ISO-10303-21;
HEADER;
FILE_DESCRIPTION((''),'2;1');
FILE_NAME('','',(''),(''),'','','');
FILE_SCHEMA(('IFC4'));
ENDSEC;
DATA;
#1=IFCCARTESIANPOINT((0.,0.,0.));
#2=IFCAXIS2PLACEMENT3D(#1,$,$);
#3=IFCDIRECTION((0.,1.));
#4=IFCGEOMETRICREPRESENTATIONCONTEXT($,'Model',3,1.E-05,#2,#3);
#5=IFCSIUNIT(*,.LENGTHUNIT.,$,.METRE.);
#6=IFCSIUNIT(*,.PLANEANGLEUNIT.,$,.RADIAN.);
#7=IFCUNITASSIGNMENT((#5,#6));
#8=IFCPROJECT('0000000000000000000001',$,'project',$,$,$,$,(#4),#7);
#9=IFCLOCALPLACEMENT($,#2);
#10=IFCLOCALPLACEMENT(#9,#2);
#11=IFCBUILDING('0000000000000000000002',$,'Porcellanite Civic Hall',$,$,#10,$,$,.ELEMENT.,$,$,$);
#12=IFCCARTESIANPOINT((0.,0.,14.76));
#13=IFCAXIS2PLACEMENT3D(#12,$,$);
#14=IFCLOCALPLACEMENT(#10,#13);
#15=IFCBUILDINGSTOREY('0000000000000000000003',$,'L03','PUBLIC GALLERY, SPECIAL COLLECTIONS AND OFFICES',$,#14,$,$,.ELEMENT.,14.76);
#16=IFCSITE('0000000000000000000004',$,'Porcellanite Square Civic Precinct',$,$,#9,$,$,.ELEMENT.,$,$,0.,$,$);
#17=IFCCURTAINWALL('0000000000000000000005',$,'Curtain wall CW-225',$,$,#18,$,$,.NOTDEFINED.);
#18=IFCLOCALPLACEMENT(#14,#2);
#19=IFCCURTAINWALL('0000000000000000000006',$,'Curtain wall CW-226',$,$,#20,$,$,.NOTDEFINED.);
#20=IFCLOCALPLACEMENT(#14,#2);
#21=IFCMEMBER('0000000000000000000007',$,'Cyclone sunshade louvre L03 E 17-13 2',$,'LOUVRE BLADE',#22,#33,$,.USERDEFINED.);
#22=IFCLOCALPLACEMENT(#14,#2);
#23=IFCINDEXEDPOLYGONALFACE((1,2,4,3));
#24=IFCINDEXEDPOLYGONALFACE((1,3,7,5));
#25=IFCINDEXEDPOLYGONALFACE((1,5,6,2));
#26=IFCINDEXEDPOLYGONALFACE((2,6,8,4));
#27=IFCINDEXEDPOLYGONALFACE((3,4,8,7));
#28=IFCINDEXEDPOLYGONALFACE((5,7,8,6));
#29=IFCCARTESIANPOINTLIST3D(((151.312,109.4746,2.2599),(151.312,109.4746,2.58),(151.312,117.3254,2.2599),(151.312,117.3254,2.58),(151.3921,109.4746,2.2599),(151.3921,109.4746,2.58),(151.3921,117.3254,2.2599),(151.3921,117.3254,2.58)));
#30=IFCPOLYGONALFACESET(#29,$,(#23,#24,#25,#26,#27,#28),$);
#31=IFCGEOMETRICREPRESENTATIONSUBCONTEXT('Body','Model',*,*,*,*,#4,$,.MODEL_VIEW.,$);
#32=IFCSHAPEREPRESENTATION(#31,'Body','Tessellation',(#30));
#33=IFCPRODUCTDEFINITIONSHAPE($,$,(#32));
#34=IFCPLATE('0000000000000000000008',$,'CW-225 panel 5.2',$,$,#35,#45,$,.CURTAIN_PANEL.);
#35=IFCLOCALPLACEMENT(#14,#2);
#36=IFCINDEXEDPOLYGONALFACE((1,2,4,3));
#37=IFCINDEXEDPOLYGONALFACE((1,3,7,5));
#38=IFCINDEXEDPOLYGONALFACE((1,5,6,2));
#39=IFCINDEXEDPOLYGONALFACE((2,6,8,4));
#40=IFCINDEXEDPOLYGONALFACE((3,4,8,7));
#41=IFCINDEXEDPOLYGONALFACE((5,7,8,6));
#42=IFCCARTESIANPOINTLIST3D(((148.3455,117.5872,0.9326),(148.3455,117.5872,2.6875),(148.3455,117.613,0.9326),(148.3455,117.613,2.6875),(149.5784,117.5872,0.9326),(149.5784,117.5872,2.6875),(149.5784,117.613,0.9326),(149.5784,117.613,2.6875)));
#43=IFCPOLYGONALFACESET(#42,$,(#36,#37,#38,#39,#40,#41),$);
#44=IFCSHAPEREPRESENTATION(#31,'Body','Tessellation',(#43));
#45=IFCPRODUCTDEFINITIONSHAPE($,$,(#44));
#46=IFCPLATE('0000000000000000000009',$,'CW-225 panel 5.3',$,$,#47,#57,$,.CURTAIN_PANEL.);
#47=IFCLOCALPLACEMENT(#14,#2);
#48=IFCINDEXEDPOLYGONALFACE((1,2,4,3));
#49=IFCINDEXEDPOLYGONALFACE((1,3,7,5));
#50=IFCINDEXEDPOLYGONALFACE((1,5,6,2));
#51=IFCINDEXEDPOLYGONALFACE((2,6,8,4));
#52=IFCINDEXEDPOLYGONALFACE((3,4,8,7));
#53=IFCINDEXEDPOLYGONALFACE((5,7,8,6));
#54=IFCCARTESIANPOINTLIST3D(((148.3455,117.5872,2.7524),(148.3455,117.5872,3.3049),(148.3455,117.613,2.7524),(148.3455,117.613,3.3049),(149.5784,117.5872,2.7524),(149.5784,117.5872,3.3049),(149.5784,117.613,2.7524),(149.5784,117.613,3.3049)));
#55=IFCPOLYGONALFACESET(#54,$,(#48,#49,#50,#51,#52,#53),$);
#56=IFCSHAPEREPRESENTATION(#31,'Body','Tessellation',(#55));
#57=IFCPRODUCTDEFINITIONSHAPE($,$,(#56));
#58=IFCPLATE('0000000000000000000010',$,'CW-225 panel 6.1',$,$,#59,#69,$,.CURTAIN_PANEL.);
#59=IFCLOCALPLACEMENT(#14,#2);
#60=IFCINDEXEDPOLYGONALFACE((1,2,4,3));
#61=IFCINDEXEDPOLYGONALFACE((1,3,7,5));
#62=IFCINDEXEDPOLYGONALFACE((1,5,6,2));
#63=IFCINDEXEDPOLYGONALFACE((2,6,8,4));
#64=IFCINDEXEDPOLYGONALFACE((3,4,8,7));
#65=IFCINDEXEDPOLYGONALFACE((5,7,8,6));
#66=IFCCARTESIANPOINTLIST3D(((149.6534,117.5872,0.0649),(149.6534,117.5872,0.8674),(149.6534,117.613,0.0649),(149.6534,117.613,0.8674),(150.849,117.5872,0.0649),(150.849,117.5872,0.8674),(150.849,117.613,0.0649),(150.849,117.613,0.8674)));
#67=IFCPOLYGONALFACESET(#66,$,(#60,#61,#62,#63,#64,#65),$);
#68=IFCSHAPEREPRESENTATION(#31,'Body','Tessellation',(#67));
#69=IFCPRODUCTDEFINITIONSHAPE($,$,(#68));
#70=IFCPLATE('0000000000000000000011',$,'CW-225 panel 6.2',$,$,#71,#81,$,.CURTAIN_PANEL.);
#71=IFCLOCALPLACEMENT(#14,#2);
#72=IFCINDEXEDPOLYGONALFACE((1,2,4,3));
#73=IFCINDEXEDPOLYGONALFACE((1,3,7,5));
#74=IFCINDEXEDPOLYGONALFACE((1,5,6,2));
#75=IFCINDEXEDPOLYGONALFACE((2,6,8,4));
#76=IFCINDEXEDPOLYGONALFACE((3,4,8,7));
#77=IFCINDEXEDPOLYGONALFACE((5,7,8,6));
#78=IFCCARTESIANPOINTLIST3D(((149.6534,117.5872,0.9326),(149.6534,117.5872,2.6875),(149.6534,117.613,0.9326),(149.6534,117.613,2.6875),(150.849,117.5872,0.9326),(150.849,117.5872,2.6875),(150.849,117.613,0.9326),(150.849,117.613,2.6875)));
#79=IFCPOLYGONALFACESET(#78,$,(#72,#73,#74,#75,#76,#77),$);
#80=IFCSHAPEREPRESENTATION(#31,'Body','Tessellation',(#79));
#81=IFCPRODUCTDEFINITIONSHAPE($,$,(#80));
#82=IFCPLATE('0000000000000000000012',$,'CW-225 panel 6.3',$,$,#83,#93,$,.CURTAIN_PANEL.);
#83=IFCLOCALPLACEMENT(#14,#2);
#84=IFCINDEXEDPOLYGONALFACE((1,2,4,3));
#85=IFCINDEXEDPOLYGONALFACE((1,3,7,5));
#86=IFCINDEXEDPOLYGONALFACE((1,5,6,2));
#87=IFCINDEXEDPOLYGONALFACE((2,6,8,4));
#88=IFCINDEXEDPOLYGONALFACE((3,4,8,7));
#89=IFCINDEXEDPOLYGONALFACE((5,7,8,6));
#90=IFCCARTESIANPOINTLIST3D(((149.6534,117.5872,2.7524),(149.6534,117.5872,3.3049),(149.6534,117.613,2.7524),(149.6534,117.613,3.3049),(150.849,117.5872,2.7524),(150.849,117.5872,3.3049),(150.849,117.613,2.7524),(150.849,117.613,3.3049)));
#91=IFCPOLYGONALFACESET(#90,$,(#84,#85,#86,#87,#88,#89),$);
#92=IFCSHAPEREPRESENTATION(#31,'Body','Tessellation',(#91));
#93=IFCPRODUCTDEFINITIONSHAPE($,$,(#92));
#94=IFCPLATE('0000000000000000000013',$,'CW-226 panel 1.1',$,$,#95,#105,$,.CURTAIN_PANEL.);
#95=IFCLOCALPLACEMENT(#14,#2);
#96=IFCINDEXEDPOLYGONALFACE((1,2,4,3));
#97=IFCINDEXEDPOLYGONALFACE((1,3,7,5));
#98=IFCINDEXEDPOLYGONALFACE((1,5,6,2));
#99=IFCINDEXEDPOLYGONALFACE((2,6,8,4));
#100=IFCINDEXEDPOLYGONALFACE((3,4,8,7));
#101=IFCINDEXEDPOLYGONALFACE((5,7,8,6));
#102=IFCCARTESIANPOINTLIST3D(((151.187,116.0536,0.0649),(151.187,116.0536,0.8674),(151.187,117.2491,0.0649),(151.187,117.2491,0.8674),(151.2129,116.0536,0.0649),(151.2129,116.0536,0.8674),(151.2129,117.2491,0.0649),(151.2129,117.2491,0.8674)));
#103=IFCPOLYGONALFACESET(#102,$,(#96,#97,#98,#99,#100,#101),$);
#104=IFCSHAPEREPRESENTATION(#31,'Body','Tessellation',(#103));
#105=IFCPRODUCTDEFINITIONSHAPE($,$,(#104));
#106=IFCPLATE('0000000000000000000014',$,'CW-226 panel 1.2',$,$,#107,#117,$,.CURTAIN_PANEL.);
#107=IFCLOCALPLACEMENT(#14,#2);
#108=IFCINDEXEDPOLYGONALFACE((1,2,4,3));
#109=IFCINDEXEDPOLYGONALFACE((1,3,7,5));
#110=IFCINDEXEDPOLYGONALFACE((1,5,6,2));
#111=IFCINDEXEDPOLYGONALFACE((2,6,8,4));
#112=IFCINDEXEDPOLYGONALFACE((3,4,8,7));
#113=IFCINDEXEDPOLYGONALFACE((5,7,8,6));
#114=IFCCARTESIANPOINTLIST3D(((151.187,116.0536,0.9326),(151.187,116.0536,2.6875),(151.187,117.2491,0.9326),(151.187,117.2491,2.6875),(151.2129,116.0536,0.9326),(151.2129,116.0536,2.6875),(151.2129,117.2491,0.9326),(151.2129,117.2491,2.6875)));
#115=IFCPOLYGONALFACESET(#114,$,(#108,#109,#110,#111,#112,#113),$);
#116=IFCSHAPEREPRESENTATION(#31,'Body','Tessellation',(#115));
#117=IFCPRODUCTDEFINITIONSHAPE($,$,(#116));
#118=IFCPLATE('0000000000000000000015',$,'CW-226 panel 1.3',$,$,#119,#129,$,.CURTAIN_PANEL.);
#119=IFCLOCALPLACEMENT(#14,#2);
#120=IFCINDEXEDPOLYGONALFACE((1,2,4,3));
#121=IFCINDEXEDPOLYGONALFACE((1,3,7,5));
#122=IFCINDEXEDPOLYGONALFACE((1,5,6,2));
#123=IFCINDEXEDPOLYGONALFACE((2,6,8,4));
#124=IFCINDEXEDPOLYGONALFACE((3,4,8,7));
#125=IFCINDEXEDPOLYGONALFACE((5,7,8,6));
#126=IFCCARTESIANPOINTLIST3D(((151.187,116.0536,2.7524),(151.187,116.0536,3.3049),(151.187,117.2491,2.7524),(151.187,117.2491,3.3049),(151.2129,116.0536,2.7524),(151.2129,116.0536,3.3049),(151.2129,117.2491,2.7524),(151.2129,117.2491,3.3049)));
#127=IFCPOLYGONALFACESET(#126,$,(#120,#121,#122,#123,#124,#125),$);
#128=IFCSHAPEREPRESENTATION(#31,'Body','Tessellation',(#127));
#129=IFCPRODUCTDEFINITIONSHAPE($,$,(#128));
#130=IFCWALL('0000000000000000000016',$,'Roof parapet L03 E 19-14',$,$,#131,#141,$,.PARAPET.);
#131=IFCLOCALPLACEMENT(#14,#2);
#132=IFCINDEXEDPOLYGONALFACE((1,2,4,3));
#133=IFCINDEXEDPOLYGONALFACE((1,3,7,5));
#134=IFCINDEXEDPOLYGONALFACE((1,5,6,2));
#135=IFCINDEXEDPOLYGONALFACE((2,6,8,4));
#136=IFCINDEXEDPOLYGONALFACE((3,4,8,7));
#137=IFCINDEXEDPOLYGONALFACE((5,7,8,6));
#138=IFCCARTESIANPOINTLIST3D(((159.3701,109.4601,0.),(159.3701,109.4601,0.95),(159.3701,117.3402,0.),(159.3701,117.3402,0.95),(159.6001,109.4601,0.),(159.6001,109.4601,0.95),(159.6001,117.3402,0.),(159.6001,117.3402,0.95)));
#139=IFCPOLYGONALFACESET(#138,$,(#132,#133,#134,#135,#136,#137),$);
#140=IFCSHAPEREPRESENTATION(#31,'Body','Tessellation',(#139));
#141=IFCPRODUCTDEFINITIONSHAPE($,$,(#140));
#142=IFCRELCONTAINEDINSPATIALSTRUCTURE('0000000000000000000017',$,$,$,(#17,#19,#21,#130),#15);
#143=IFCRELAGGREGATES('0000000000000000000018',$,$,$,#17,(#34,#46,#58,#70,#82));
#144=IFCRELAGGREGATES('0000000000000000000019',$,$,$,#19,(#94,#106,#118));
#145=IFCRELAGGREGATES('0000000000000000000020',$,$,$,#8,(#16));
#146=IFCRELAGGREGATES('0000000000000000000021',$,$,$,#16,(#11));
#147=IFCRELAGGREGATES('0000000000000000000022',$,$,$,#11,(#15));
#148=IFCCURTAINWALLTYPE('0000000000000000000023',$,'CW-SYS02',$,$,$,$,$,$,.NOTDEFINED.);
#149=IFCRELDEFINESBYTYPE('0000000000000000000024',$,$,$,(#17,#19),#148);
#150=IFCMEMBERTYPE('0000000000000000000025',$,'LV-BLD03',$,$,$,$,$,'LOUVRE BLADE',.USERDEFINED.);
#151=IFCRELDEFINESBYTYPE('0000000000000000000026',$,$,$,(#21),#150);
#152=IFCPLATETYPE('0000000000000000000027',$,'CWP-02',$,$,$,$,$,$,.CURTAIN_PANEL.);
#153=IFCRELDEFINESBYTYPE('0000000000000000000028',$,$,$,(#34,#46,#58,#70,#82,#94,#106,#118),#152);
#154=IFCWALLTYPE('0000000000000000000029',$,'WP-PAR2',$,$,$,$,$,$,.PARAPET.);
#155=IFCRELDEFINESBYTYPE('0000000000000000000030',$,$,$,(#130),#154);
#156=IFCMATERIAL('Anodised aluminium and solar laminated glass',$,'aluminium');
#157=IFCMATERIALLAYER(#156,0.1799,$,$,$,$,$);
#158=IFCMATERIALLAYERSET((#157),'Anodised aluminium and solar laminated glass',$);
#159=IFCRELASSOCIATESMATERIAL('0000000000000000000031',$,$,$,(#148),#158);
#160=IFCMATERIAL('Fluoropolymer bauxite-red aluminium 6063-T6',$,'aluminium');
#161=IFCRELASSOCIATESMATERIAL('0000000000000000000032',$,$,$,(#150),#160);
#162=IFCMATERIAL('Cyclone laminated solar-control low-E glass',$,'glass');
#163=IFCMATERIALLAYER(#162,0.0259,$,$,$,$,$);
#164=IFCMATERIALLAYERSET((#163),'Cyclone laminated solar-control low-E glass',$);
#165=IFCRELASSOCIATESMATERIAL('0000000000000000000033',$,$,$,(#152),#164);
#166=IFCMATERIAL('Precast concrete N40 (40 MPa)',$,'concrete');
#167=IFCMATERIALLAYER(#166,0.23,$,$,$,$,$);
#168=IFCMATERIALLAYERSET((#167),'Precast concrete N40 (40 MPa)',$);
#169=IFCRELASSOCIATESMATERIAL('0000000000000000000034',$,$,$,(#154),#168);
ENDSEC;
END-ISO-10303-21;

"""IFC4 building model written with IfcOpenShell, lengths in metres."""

from ifc_helpers import new_model, si_unit, direction, frame, frame_2d, origin, origin_2d, place, context, subcontext, project, spatial, rectangle, extrude, material, layer, layer_set, material_profile, profile_set, type_object, element, aggregate, save


model = new_model("IFC4")

# Units and contexts
model_context = context("Model", 3, precision=1e-05, world=origin(), true_north=direction((0.0, 1.0)))
body_context = subcontext(model_context, "Body", "Model", "MODEL_VIEW")
ifc_project = project(units=[si_unit("LENGTHUNIT", "METRE"), si_unit("PLANEANGLEUNIT", "RADIAN")], contexts=[model_context])

# Site, building, storey
site_placement = place(None, origin())
site = spatial("IfcSite", under=ifc_project, at=site_placement, Name="Porcellanite Square Civic Precinct", CompositionType="ELEMENT", RefElevation=0.0)
building_placement = place(site_placement, origin())
building = spatial("IfcBuilding", under=site, at=building_placement, Name="Porcellanite Civic Hall", CompositionType="ELEMENT")
storey_placement = place(building_placement, frame((0.0, 0.0, 14.76)))
storey = spatial("IfcBuildingStorey", under=building, at=storey_placement, Name="L03", Description="PUBLIC GALLERY, SPECIAL COLLECTIONS AND OFFICES", CompositionType="ELEMENT", Elevation=14.76)

# Curtain walls
ifc_material_1 = material(Name="Anodised aluminium and solar laminated glass", Category="aluminium")
ifc_layer_1 = layer(ifc_material_1, 0.1799)
ifc_layer_set_1 = layer_set([ifc_layer_1], Name="Anodised aluminium and solar laminated glass")
curtain_wall_type = type_object("IfcCurtainWallType", Name="CW-SYS02", PredefinedType="NOTDEFINED", material=ifc_layer_set_1)
curtain_wall_1_placement = place(storey_placement, origin())
curtain_wall_1 = element("IfcCurtainWall", 1, at=curtain_wall_1_placement, inside=storey, type_object=curtain_wall_type, Name="Curtain wall CW-225", PredefinedType="NOTDEFINED")
curtain_wall_2_placement = place(storey_placement, origin())
curtain_wall_2 = element("IfcCurtainWall", 2, at=curtain_wall_2_placement, inside=storey, type_object=curtain_wall_type, Name="Curtain wall CW-226", PredefinedType="NOTDEFINED")

# Member
ifc_material_2 = material(Name="Fluoropolymer bauxite-red aluminium 6063-T6", Category="aluminium")
ifc_material_profile_1 = material_profile(ifc_material_2, rectangle(XDim=0.0801, YDim=0.3201, at=origin_2d()), Name="AL-80x320")
ifc_profile_set_1 = profile_set([ifc_material_profile_1], Name="Fluoropolymer bauxite-red aluminium 6063-T6")
member_type_1 = type_object("IfcMemberType", Name="LV-BLD03", ElementType="LOUVRE BLADE", PredefinedType="USERDEFINED", material=ifc_profile_set_1)
for number, where, z_axis, x_axis, name in (
    (3, (151.3521, 117.3254, 2.4199), (0.0, -1.0, 0.0), (1.0, 0.0, 0.0), "Cyclone sunshade louvre L03 E 17-13 2"),
):
    element("IfcMember", number, at=place(storey_placement, frame(where, z_axis=z_axis, x_axis=x_axis)), inside=storey, type_object=member_type_1, Name=name, ObjectType="LOUVRE BLADE", PredefinedType="USERDEFINED", context=body_context, shape_type="SweptSolid", body=[
        extrude(rectangle(XDim=0.0801, YDim=0.3201, at=origin_2d()), origin(), (0.0, 0.0, 1.0), 7.8508),
    ])

# Plates
ifc_material_3 = material(Name="Cyclone laminated solar-control low-E glass", Category="glass")
ifc_layer_2 = layer(ifc_material_3, 0.0259)
ifc_layer_set_2 = layer_set([ifc_layer_2], Name="Cyclone laminated solar-control low-E glass")
plate_type = type_object("IfcPlateType", Name="CWP-02", PredefinedType="CURTAIN_PANEL", material=ifc_layer_set_2)
plate_1_placement = place(storey_placement, frame((148.9619, 117.6001, 0.9326), z_axis=(0.0, 0.0, 1.0), x_axis=(1.0, 0.0, 0.0)))
plate_1 = element("IfcPlate", 4, at=plate_1_placement, type_object=plate_type, Name="CW-225 panel 5.2", PredefinedType="CURTAIN_PANEL", context=body_context, shape_type="SweptSolid", body=[
    extrude(rectangle(XDim=1.2329, YDim=0.0259, at=origin_2d()), origin(), (0.0, 0.0, 1.0), 1.7549),
])
plate_2_placement = place(storey_placement, frame((148.9619, 117.6001, 2.7524), z_axis=(0.0, 0.0, 1.0), x_axis=(1.0, 0.0, 0.0)))
plate_2 = element("IfcPlate", 5, at=plate_2_placement, type_object=plate_type, Name="CW-225 panel 5.3", PredefinedType="CURTAIN_PANEL", context=body_context, shape_type="SweptSolid", body=[
    extrude(rectangle(XDim=1.2329, YDim=0.0259, at=origin_2d()), origin(), (0.0, 0.0, 1.0), 0.5525),
])
plate_3_placement = place(storey_placement, frame((150.2512, 117.6001, 0.0649), z_axis=(0.0, 0.0, 1.0), x_axis=(1.0, 0.0, 0.0)))
plate_3 = element("IfcPlate", 6, at=plate_3_placement, type_object=plate_type, Name="CW-225 panel 6.1", PredefinedType="CURTAIN_PANEL", context=body_context, shape_type="SweptSolid", body=[
    extrude(rectangle(XDim=1.1956, YDim=0.0259, at=origin_2d()), origin(), (0.0, 0.0, 1.0), 0.8025),
])
plate_4_placement = place(storey_placement, frame((150.2512, 117.6001, 0.9326), z_axis=(0.0, 0.0, 1.0), x_axis=(1.0, 0.0, 0.0)))
plate_4 = element("IfcPlate", 7, at=plate_4_placement, type_object=plate_type, Name="CW-225 panel 6.2", PredefinedType="CURTAIN_PANEL", context=body_context, shape_type="SweptSolid", body=[
    extrude(rectangle(XDim=1.1956, YDim=0.0259, at=origin_2d()), origin(), (0.0, 0.0, 1.0), 1.7549),
])
plate_5_placement = place(storey_placement, frame((150.2512, 117.6001, 2.7524), z_axis=(0.0, 0.0, 1.0), x_axis=(1.0, 0.0, 0.0)))
plate_5 = element("IfcPlate", 8, at=plate_5_placement, type_object=plate_type, Name="CW-225 panel 6.3", PredefinedType="CURTAIN_PANEL", context=body_context, shape_type="SweptSolid", body=[
    extrude(rectangle(XDim=1.1956, YDim=0.0259, at=origin_2d()), origin(), (0.0, 0.0, 1.0), 0.5525),
])
aggregate(curtain_wall_1, [plate_1, plate_2, plate_3, plate_4, plate_5])
plate_6_placement = place(storey_placement, frame((151.2, 116.6514, 0.0649), z_axis=(0.0, 0.0, 1.0), x_axis=(0.0, -1.0, 0.0)))
plate_6 = element("IfcPlate", 9, at=plate_6_placement, type_object=plate_type, Name="CW-226 panel 1.1", PredefinedType="CURTAIN_PANEL", context=body_context, shape_type="SweptSolid", body=[
    extrude(rectangle(XDim=1.1956, YDim=0.0259, at=origin_2d()), origin(), (0.0, 0.0, 1.0), 0.8025),
])
plate_7_placement = place(storey_placement, frame((151.2, 116.6514, 0.9326), z_axis=(0.0, 0.0, 1.0), x_axis=(0.0, -1.0, 0.0)))
plate_7 = element("IfcPlate", 10, at=plate_7_placement, type_object=plate_type, Name="CW-226 panel 1.2", PredefinedType="CURTAIN_PANEL", context=body_context, shape_type="SweptSolid", body=[
    extrude(rectangle(XDim=1.1956, YDim=0.0259, at=origin_2d()), origin(), (0.0, 0.0, 1.0), 1.7549),
])
plate_8_placement = place(storey_placement, frame((151.2, 116.6514, 2.7524), z_axis=(0.0, 0.0, 1.0), x_axis=(0.0, -1.0, 0.0)))
plate_8 = element("IfcPlate", 11, at=plate_8_placement, type_object=plate_type, Name="CW-226 panel 1.3", PredefinedType="CURTAIN_PANEL", context=body_context, shape_type="SweptSolid", body=[
    extrude(rectangle(XDim=1.1956, YDim=0.0259, at=origin_2d()), origin(), (0.0, 0.0, 1.0), 0.5525),
])
aggregate(curtain_wall_2, [plate_6, plate_7, plate_8])

# Wall
ifc_material_4 = material(Name="Precast concrete N40 (40 MPa)", Category="concrete")
ifc_layer_3 = layer(ifc_material_4, 0.23)
ifc_layer_set_3 = layer_set([ifc_layer_3], Name="Precast concrete N40 (40 MPa)")
wall_type = type_object("IfcWallType", Name="WP-PAR2", PredefinedType="PARAPET", material=ifc_layer_set_3)
for number, where, z_axis, x_axis, name in (
    (12, (159.4851, 117.3401, 0.0), (0.0, 0.0, 1.0), (0.0, -1.0, 0.0), "Roof parapet L03 E 19-14"),
):
    element("IfcWall", number, at=place(storey_placement, frame(where, z_axis=z_axis, x_axis=x_axis)), inside=storey, type_object=wall_type, Name=name, PredefinedType="PARAPET", context=body_context, shape_type="SweptSolid", body=[
        extrude(rectangle(XDim=7.8801, YDim=0.23, at=frame_2d((3.9399, 0.0))), origin(), (0.0, 0.0, 1.0), 0.95),
    ])

save(model, "model.ifc")
